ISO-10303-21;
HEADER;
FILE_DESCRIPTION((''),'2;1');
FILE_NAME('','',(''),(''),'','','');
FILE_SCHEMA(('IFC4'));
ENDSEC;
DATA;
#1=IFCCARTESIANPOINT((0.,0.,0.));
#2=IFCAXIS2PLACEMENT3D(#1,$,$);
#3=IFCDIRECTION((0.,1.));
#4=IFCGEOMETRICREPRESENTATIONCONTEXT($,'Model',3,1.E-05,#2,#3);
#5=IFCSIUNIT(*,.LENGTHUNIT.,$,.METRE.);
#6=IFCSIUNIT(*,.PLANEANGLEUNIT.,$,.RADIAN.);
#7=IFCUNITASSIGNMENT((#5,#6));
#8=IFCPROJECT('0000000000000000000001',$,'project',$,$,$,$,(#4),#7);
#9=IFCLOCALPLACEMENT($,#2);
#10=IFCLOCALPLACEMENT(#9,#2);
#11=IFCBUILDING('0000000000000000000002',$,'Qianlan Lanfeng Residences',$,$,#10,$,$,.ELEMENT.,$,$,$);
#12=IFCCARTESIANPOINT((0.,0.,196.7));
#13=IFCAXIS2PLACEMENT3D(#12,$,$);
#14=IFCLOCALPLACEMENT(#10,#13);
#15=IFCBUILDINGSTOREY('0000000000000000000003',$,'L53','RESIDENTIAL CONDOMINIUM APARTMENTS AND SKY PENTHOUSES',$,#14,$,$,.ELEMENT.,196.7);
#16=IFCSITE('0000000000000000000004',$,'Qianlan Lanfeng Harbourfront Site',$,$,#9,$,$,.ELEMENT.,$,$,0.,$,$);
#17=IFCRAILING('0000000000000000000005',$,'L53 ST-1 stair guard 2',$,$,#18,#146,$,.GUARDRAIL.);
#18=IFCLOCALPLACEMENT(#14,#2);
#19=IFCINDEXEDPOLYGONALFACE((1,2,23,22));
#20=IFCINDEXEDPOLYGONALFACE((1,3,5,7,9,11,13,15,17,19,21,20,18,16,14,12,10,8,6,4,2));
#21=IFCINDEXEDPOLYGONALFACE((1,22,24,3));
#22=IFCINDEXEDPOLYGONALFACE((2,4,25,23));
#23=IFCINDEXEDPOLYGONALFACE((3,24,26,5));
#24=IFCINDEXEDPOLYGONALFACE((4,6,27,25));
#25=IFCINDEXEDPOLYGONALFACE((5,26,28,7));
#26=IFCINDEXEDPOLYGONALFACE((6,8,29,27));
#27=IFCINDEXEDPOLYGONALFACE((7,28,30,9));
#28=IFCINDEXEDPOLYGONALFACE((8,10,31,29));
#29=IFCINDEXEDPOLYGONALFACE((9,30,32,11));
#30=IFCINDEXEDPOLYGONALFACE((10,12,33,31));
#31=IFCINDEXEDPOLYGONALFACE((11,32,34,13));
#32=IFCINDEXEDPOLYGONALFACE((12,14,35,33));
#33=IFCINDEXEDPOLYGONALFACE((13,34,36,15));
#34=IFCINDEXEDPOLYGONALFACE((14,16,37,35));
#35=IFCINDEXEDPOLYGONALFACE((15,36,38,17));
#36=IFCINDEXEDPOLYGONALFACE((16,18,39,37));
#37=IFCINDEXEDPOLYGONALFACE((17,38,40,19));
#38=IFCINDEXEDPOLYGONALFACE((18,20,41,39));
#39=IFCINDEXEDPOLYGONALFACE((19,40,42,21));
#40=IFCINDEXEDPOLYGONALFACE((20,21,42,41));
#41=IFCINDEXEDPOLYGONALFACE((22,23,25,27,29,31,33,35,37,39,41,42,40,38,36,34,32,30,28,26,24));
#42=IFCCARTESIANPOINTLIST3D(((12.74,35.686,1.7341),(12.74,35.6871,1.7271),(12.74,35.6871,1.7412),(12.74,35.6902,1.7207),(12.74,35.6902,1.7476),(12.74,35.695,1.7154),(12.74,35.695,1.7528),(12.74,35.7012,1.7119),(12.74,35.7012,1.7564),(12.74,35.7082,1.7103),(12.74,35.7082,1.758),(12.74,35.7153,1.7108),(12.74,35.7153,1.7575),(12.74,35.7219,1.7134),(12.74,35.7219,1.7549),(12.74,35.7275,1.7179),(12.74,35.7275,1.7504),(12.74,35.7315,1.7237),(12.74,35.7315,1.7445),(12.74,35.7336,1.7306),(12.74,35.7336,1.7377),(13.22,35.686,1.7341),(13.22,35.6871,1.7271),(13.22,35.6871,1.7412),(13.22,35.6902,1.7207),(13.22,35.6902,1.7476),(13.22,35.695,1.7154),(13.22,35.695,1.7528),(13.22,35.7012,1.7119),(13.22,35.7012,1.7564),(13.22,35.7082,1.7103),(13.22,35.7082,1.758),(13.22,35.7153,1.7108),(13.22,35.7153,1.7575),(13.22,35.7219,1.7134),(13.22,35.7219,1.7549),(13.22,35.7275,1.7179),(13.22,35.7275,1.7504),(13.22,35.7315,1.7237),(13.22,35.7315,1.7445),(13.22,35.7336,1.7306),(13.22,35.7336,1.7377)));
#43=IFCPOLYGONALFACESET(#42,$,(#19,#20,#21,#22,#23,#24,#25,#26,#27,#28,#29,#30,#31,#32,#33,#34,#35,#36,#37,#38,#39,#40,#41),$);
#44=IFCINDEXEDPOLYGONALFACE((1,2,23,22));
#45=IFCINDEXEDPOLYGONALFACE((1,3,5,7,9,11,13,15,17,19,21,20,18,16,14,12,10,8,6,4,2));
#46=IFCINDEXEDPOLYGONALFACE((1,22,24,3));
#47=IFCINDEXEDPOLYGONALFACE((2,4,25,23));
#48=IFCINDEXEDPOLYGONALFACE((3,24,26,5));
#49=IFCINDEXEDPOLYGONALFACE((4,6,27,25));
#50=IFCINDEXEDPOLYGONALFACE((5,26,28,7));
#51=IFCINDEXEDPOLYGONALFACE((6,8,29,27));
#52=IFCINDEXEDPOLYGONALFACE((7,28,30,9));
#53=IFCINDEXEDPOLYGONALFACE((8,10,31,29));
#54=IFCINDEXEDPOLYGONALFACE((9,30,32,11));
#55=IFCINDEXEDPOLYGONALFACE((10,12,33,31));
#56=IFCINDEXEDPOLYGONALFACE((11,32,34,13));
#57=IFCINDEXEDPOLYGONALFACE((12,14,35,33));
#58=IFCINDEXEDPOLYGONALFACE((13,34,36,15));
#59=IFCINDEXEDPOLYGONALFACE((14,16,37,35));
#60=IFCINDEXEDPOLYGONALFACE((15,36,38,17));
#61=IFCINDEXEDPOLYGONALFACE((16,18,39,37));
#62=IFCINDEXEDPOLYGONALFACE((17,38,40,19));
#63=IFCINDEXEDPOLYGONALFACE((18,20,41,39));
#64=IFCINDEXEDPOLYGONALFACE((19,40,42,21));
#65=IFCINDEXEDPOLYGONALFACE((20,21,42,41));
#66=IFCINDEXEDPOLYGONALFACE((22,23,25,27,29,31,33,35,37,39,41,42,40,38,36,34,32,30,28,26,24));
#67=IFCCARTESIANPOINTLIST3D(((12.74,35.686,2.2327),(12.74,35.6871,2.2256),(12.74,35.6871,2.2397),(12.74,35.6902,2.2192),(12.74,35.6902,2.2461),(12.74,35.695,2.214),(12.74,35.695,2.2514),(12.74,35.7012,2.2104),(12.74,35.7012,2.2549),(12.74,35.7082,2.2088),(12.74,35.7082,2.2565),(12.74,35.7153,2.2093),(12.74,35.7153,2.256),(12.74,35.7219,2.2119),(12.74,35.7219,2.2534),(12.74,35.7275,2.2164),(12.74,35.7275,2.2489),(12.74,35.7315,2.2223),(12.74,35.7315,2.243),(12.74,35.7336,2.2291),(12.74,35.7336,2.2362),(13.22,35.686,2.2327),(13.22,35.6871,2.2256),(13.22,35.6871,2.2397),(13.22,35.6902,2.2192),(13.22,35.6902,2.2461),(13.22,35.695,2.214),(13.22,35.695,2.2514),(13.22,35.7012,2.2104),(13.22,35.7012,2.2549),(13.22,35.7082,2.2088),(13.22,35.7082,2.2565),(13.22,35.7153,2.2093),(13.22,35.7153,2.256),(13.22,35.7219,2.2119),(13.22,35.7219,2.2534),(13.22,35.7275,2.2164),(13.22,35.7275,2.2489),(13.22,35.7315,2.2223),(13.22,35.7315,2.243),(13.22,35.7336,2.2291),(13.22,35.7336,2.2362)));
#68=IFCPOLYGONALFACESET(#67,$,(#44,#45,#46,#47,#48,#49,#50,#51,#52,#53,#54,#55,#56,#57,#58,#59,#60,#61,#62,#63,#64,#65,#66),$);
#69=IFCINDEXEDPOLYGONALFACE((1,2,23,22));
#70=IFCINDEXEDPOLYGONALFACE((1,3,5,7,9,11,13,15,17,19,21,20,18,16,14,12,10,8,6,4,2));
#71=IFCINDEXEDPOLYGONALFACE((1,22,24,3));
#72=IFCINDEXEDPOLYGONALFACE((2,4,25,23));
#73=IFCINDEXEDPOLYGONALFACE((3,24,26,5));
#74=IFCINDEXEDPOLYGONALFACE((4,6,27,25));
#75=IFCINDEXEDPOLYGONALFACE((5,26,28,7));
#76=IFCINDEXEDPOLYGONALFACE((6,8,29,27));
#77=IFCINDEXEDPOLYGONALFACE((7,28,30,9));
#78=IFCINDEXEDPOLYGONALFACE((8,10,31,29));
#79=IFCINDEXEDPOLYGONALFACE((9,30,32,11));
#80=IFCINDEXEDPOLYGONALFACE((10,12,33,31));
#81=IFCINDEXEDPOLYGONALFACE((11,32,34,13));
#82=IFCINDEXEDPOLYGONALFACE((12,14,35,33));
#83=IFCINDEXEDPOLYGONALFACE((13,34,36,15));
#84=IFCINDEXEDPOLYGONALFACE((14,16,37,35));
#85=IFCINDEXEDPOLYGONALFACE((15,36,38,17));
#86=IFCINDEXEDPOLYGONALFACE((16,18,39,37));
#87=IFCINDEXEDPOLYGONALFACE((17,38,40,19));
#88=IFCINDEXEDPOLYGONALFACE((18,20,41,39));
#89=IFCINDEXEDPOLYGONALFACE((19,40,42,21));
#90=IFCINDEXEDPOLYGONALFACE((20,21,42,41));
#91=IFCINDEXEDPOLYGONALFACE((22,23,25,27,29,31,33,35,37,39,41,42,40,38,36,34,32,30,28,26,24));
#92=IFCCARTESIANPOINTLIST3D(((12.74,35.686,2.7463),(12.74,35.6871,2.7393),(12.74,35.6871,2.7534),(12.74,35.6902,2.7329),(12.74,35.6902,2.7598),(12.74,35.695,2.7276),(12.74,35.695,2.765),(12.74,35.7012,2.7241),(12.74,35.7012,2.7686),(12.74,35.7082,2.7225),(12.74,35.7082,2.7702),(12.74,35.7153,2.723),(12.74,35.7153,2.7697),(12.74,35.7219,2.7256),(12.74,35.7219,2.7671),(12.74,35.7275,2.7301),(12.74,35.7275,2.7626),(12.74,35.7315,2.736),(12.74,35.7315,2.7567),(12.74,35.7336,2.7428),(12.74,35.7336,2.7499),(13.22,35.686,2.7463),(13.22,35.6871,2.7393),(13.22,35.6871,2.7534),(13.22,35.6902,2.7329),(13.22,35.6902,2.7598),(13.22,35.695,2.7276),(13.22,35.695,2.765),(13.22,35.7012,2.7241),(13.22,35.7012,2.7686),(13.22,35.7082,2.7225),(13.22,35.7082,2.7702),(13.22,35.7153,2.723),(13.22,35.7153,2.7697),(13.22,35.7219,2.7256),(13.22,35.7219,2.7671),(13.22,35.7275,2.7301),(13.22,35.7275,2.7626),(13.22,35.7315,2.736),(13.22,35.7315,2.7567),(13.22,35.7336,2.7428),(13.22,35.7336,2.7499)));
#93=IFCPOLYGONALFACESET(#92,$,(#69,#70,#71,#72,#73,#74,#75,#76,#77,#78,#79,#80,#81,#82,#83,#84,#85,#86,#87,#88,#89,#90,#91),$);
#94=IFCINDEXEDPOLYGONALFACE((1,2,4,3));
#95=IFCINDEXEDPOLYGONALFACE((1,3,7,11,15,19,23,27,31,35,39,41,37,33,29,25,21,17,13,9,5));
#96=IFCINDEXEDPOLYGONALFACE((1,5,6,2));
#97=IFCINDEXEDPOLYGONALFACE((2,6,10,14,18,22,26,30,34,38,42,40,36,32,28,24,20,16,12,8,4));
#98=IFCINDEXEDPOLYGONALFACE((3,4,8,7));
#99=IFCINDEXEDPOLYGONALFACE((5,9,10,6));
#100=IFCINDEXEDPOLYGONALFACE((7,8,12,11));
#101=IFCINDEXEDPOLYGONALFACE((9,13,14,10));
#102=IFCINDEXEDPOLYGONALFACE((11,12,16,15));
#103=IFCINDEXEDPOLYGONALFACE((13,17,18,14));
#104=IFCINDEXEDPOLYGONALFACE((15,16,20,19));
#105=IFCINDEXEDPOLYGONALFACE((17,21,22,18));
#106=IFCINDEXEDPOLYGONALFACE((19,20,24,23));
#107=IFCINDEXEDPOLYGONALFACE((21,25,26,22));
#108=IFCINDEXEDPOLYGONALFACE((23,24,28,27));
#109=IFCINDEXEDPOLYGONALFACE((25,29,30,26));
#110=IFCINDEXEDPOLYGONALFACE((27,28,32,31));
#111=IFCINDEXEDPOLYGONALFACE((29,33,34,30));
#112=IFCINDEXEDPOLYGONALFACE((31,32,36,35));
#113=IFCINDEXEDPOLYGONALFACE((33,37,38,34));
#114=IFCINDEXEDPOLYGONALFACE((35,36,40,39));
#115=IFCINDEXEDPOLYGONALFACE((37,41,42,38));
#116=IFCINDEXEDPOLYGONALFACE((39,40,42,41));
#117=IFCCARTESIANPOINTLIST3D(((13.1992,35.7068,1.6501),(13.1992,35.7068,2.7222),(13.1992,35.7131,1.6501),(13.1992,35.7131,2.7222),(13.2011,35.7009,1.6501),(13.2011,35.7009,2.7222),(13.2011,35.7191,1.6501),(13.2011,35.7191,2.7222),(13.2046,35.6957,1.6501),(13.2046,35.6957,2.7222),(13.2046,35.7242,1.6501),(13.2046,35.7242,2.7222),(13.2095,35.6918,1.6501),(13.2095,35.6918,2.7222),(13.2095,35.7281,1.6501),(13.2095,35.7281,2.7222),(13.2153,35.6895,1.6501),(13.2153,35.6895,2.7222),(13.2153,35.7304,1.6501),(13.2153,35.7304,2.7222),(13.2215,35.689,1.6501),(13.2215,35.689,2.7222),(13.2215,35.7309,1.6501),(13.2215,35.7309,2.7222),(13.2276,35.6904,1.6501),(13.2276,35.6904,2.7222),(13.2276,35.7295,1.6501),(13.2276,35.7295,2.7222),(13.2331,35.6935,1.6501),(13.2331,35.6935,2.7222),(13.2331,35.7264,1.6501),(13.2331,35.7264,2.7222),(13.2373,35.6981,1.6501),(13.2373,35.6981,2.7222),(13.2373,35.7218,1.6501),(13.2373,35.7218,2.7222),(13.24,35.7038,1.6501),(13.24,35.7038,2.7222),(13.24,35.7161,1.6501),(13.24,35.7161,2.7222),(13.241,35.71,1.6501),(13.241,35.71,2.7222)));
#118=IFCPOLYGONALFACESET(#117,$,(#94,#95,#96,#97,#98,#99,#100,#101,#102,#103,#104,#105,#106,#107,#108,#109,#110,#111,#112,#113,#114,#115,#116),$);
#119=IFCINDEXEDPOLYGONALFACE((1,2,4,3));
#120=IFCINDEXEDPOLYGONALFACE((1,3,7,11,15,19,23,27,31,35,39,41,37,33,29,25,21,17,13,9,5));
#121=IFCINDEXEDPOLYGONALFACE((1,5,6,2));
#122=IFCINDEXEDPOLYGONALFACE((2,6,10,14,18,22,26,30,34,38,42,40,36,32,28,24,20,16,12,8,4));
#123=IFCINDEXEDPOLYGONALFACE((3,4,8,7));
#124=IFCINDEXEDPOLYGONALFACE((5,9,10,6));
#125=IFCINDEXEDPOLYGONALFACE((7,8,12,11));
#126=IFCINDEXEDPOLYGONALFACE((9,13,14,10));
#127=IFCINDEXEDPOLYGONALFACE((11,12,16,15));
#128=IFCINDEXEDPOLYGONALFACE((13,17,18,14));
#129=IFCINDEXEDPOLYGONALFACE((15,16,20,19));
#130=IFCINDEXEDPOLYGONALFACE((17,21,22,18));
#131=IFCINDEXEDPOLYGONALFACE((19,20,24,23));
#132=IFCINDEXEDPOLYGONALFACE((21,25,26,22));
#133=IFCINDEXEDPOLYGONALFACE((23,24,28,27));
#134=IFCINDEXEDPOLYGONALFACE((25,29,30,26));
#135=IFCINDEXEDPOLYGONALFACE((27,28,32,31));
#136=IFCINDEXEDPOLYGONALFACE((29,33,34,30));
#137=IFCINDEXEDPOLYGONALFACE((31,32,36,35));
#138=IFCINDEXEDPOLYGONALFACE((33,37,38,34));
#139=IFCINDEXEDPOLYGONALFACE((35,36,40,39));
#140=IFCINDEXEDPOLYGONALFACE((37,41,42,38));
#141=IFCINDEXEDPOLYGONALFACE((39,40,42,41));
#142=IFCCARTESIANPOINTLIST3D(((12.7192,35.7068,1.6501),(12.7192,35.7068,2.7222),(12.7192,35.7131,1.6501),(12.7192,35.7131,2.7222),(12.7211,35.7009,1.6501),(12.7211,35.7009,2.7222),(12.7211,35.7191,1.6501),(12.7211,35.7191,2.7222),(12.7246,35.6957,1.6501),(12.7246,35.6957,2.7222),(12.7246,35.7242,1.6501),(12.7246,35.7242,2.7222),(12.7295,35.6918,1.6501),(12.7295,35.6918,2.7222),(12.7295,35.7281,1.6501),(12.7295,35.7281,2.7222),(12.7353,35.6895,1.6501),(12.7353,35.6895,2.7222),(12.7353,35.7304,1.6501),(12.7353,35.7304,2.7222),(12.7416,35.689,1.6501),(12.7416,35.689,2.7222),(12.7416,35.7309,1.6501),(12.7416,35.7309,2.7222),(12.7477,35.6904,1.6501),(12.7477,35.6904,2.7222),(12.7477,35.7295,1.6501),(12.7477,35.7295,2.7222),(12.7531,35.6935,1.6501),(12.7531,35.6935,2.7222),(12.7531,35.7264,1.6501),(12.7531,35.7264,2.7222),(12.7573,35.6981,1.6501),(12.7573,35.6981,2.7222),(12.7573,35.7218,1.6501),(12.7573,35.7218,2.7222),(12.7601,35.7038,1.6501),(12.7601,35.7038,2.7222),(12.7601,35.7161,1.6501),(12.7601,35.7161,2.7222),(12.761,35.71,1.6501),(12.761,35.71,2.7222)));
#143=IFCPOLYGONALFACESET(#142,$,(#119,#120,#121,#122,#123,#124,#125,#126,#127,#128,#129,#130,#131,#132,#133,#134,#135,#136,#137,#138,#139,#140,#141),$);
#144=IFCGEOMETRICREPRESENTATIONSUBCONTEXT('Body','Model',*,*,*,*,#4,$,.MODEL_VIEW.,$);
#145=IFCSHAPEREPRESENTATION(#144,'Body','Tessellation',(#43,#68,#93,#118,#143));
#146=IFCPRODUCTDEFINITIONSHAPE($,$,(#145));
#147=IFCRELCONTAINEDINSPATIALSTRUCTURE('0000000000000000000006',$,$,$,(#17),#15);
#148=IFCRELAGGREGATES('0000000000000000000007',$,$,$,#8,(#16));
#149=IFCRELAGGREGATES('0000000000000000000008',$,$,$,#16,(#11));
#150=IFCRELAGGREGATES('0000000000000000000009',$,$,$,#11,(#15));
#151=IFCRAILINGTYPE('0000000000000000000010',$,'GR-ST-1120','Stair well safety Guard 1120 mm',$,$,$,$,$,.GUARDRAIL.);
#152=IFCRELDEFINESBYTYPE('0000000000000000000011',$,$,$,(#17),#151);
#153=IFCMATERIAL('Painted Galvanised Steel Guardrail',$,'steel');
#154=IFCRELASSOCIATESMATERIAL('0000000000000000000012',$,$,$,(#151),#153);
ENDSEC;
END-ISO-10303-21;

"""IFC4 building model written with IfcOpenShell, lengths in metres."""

from ifc_helpers import new_model, si_unit, direction, frame, origin, origin_2d, place, context, subcontext, project, spatial, circle, extrude, material, type_object, element, save


model = new_model("IFC4")

# Units and contexts
model_context = context("Model", 3, precision=1e-05, world=origin(), true_north=direction((0.0, 1.0)))
body_context = subcontext(model_context, "Body", "Model", "MODEL_VIEW")
ifc_project = project(units=[si_unit("LENGTHUNIT", "METRE"), si_unit("PLANEANGLEUNIT", "RADIAN")], contexts=[model_context])

# Site, building, storey
site_placement = place(None, origin())
site = spatial("IfcSite", under=ifc_project, at=site_placement, Name="Qianlan Lanfeng Harbourfront Site", CompositionType="ELEMENT", RefElevation=0.0)
building_placement = place(site_placement, origin())
building = spatial("IfcBuilding", under=site, at=building_placement, Name="Qianlan Lanfeng Residences", CompositionType="ELEMENT")
storey_placement = place(building_placement, frame((0.0, 0.0, 196.7)))
storey = spatial("IfcBuildingStorey", under=building, at=storey_placement, Name="L53", Description="RESIDENTIAL CONDOMINIUM APARTMENTS AND SKY PENTHOUSES", CompositionType="ELEMENT", Elevation=196.7)

# Railing
ifc_material_1 = material(Name="Painted Galvanised Steel Guardrail", Category="steel")
railing_type_1 = type_object("IfcRailingType", Name="GR-ST-1120", Description="Stair well safety Guard 1120 mm", PredefinedType="GUARDRAIL", material=ifc_material_1)
railing_1_placement = place(storey_placement, frame((13.22, 35.71, 1.6501)))
element("IfcRailing", 1, at=railing_1_placement, inside=storey, type_object=railing_type_1, Name="L53 ST-1 stair guard 2", PredefinedType="GUARDRAIL", context=body_context, shape_type="SweptSolid", body=[
    extrude(circle(Radius=0.0239, at=origin_2d()), frame((0.0, 0.0, 0.084), z_axis=(-1.0, 0.0, 0.0), x_axis=(0.0, -1.0, 0.0)), (0.0, 0.0, 1.0), 0.48),
    extrude(circle(Radius=0.0239, at=origin_2d()), frame((0.0, 0.0, 0.5825), z_axis=(-1.0, 0.0, 0.0), x_axis=(0.0, -1.0, 0.0)), (0.0, 0.0, 1.0), 0.48),
    extrude(circle(Radius=0.0239, at=origin_2d()), frame((0.0, 0.0, 1.0962), z_axis=(-1.0, 0.0, 0.0), x_axis=(0.0, -1.0, 0.0)), (0.0, 0.0, 1.0), 0.48),
    extrude(circle(Radius=0.021, at=origin_2d()), origin(), (0.0, 0.0, 1.0), 1.072),
    extrude(circle(Radius=0.021, at=origin_2d()), frame((-0.48, 0.0, 0.0)), (0.0, 0.0, 1.0), 1.072),
])

save(model, "model.ifc")
